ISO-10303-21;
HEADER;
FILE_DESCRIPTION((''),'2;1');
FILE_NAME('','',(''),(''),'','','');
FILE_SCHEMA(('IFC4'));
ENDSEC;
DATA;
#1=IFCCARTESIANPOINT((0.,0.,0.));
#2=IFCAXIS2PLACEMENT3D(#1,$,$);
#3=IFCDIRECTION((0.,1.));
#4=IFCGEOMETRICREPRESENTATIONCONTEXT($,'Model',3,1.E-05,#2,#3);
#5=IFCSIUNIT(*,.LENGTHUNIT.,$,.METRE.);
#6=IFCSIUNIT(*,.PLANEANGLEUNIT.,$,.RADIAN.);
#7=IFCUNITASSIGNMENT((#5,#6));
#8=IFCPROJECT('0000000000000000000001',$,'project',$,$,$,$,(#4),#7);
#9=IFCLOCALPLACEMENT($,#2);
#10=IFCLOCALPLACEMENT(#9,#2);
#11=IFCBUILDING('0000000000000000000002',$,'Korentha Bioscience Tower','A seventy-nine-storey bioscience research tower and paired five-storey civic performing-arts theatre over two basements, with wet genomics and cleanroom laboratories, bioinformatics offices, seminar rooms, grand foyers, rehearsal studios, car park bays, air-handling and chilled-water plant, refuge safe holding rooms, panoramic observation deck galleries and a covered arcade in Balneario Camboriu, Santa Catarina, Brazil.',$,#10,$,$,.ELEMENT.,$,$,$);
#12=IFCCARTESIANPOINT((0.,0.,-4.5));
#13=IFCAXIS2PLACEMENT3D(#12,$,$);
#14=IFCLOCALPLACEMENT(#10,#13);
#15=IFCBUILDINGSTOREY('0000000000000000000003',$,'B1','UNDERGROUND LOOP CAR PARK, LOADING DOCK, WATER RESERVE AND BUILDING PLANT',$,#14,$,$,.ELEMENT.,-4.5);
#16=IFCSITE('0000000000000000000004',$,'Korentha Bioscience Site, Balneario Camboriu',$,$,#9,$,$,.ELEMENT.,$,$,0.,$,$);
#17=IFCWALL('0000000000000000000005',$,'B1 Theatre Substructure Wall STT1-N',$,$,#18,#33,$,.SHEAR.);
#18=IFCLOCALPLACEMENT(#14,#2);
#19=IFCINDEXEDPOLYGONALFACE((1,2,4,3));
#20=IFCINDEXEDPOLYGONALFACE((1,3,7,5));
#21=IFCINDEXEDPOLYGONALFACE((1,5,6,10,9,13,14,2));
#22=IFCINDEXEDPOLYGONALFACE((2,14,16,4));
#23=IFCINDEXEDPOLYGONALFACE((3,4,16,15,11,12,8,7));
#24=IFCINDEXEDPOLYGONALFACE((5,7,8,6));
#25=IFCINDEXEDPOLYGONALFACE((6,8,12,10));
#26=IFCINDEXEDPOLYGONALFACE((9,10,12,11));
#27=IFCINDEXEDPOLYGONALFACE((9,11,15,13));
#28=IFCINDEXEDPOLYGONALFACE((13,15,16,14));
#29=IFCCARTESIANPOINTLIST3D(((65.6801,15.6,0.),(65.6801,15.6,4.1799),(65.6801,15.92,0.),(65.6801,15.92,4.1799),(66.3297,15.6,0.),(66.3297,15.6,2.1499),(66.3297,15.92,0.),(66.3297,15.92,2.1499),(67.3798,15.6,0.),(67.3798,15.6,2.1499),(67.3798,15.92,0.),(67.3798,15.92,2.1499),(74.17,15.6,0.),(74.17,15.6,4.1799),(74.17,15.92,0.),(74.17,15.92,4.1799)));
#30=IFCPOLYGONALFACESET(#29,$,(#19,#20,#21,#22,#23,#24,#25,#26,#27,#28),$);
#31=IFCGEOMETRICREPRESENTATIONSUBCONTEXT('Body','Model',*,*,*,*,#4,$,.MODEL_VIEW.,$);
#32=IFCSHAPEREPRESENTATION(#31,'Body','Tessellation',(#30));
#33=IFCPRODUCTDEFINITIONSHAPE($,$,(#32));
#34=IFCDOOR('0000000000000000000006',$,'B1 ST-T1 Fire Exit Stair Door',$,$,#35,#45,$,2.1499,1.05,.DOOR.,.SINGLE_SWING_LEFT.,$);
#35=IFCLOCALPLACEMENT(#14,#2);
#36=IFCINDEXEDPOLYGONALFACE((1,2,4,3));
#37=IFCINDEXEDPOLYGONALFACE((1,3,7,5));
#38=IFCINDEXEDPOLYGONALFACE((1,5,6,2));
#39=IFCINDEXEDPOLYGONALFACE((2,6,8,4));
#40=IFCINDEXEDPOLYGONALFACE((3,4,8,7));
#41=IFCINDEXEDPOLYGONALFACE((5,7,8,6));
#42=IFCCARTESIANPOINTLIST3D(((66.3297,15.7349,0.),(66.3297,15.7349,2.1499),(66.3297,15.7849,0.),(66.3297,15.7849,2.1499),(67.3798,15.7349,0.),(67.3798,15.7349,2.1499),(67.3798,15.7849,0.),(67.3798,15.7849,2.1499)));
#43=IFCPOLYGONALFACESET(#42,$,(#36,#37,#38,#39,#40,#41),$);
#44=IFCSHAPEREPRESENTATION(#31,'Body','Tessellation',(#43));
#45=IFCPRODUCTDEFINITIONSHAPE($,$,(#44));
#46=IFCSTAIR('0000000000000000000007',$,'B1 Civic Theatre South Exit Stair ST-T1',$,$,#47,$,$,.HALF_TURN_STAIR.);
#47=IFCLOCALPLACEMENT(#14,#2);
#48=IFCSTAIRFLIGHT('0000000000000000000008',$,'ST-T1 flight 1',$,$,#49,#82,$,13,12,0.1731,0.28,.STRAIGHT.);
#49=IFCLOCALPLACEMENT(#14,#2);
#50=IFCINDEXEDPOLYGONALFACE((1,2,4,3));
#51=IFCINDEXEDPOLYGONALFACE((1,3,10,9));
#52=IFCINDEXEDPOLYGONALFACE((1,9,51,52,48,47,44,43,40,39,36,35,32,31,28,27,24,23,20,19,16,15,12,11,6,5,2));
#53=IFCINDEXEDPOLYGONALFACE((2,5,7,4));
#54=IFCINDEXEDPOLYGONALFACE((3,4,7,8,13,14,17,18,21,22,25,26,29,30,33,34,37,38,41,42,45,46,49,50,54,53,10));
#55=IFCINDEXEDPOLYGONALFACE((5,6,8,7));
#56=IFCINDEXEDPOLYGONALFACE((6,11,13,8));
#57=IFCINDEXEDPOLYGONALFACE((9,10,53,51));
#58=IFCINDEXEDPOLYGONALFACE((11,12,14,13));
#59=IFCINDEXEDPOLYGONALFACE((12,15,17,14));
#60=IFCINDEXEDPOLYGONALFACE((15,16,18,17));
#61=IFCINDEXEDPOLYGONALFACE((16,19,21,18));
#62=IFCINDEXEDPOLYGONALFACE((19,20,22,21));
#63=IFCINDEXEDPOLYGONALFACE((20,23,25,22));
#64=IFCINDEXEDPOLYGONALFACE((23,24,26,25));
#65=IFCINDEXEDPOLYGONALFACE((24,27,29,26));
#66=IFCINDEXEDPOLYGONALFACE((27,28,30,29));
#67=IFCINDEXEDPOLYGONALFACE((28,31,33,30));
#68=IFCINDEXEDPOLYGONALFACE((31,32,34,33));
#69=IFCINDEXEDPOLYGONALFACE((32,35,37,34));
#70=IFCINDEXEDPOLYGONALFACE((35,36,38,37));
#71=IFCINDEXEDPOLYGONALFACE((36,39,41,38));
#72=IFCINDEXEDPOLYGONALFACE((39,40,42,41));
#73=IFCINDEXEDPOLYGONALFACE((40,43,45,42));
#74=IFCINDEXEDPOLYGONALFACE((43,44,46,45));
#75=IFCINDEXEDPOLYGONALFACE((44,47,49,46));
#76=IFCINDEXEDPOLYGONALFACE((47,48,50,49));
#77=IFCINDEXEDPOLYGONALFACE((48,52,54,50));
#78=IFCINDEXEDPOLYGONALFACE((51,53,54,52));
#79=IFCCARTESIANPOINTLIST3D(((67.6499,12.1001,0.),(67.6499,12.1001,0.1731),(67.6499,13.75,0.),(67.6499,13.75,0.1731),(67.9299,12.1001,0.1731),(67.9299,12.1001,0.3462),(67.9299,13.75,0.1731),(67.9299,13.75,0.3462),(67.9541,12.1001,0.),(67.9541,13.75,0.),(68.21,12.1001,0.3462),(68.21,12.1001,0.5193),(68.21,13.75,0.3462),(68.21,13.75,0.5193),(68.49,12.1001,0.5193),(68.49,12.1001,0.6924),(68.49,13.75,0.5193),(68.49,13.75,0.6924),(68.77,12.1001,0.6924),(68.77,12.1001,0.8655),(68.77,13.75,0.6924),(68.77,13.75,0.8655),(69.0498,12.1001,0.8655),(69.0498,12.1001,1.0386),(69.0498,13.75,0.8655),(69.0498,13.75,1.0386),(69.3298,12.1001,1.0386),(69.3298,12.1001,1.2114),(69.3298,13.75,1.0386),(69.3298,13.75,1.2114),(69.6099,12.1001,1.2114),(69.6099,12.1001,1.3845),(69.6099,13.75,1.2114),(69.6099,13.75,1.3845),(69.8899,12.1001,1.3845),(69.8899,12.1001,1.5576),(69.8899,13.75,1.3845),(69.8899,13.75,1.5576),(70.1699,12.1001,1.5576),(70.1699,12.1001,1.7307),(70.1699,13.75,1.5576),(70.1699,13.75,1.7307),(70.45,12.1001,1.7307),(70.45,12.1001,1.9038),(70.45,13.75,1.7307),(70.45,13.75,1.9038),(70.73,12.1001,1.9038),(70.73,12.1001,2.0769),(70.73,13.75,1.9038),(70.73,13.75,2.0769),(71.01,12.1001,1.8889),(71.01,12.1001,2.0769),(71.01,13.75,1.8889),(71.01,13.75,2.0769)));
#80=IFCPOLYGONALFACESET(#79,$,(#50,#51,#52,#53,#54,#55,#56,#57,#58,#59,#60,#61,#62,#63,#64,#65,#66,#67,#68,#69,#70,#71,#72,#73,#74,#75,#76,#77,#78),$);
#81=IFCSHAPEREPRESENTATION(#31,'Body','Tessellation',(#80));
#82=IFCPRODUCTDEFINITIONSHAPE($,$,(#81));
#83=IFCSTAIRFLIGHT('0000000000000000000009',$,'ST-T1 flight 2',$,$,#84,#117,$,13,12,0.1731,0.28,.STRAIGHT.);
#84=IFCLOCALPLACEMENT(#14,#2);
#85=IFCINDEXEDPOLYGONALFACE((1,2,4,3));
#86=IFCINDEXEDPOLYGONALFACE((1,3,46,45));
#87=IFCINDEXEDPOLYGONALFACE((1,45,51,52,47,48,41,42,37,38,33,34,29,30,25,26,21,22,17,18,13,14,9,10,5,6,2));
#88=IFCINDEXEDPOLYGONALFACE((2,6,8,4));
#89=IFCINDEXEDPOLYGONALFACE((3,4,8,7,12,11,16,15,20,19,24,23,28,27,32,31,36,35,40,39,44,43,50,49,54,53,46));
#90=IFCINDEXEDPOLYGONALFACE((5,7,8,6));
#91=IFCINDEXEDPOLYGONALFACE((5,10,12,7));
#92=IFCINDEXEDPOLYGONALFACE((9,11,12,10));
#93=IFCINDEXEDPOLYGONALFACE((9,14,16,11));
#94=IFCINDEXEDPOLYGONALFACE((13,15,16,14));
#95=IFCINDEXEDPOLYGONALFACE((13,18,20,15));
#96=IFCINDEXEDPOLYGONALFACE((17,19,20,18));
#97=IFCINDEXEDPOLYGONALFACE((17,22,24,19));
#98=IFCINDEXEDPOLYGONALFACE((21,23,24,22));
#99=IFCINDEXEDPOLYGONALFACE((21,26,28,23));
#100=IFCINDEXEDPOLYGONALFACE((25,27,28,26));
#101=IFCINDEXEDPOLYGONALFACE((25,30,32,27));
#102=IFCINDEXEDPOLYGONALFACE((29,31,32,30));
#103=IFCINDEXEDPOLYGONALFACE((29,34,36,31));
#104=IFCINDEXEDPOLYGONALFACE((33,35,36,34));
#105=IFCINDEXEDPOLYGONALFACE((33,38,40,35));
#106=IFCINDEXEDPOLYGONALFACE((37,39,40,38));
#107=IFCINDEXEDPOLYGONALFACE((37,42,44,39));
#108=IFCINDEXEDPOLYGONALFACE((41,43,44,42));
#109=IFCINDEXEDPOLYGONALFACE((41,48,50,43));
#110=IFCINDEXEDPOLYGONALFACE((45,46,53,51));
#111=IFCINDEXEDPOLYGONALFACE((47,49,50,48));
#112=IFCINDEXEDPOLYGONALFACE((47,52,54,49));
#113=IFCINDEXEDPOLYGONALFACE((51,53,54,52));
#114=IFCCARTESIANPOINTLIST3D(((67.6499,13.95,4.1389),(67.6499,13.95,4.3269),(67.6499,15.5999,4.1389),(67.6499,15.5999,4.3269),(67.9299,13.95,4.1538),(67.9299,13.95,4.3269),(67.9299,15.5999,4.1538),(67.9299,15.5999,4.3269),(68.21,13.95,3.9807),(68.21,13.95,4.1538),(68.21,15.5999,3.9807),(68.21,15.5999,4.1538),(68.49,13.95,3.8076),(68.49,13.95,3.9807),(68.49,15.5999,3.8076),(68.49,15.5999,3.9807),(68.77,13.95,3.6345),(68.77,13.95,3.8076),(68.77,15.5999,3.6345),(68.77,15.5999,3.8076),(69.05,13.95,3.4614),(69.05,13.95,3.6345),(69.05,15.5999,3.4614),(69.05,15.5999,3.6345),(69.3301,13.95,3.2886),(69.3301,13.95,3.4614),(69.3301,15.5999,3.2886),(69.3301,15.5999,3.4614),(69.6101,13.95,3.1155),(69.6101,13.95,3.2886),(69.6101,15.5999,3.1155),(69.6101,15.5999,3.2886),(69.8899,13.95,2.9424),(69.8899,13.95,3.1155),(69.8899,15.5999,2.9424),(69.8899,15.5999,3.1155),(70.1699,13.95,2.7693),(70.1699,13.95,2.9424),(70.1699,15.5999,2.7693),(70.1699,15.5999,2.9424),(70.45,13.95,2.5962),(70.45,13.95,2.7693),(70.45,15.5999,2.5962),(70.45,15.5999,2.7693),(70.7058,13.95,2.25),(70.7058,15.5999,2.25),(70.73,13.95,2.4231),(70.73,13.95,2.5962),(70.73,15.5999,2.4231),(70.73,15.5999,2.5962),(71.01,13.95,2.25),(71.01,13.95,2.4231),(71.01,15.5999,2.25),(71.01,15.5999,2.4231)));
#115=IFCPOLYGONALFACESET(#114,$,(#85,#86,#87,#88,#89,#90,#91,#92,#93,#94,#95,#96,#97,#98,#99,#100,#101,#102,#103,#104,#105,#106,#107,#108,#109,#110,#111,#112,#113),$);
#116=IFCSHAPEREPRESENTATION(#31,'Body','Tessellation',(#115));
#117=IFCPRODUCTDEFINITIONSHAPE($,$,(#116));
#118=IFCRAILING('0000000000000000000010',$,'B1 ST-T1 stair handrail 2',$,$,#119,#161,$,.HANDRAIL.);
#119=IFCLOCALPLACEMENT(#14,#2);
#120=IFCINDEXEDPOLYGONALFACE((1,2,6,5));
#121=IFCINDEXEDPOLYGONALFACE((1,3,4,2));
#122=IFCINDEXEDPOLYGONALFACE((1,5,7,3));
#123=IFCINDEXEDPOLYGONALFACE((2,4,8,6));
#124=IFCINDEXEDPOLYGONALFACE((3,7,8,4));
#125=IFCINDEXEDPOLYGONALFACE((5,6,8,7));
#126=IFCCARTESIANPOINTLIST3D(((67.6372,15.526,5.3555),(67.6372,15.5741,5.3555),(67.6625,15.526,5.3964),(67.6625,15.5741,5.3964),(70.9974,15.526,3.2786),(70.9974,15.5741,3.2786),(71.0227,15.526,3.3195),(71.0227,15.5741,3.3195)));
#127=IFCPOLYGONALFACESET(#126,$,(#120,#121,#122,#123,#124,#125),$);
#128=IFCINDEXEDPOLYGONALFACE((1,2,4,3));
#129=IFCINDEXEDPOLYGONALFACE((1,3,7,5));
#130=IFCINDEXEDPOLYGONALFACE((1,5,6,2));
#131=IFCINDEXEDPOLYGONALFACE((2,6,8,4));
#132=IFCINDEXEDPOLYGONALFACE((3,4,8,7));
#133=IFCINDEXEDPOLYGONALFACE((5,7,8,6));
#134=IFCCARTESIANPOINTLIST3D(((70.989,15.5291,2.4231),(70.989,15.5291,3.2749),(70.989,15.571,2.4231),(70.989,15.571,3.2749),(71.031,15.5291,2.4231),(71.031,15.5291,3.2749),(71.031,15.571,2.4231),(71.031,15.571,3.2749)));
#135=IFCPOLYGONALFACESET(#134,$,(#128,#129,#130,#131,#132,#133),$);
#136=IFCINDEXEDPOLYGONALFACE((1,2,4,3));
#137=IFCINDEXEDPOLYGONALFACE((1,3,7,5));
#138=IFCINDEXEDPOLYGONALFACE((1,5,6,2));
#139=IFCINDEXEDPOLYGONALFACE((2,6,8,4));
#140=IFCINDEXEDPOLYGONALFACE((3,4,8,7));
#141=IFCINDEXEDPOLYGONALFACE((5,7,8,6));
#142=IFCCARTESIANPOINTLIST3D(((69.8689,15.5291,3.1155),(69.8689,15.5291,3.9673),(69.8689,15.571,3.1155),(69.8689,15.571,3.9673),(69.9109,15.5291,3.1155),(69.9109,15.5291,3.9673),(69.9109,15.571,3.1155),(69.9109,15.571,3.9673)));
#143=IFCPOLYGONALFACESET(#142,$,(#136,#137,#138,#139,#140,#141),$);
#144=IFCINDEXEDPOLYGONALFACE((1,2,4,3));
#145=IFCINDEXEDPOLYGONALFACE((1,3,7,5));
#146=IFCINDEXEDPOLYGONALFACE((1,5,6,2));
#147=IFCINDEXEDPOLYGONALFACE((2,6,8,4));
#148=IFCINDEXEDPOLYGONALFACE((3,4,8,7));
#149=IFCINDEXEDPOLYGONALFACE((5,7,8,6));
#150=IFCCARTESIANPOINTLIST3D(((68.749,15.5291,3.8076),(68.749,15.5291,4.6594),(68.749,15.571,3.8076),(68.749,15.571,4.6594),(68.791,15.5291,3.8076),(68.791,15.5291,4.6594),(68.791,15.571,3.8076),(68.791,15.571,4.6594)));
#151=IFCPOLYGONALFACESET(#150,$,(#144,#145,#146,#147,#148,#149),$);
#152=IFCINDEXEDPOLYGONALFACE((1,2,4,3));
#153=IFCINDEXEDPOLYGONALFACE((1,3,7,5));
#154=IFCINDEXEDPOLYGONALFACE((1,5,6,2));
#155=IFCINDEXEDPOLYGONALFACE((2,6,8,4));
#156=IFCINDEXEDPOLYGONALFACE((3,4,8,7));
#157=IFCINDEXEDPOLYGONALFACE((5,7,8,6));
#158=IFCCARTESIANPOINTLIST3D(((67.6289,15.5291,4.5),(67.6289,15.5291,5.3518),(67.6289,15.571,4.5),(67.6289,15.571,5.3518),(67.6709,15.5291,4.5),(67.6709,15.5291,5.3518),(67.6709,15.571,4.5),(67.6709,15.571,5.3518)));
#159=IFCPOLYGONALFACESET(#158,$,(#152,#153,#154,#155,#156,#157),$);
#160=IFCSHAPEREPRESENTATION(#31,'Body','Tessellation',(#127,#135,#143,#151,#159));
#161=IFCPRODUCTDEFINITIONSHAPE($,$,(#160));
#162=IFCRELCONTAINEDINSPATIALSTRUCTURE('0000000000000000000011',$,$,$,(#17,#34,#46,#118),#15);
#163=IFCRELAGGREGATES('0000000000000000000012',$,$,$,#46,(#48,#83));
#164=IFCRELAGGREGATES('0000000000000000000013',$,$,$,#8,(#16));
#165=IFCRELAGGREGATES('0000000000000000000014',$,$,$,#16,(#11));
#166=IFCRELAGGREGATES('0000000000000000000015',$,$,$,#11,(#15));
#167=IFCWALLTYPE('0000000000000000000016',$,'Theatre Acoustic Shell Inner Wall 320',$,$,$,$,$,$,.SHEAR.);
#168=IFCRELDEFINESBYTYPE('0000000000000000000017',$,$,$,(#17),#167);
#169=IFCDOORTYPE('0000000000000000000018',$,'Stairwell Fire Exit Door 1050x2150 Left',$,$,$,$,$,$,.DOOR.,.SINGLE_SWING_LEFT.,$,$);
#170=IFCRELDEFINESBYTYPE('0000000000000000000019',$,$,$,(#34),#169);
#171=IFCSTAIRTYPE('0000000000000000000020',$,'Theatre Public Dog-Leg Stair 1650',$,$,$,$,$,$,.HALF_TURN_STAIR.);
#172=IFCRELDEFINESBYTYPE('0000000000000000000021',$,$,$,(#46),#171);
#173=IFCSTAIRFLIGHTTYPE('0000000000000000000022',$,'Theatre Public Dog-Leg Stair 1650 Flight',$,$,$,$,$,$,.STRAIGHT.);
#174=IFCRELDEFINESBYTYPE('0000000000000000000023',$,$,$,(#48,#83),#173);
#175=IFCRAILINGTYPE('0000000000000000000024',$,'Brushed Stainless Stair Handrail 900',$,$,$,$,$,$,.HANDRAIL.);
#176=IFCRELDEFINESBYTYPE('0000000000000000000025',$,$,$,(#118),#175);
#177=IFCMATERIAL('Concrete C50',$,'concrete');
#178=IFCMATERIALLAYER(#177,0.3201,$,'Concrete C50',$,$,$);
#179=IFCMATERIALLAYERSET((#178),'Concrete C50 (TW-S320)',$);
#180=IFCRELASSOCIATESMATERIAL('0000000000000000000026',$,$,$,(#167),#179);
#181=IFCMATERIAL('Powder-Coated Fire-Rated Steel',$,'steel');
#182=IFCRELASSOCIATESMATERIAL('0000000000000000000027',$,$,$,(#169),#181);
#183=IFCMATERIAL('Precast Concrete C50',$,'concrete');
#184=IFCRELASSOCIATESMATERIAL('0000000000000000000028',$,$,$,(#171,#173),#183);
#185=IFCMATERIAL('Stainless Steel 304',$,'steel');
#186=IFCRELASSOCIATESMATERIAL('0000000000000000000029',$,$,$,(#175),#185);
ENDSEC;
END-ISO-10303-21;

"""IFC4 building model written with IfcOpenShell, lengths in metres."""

from ifc_helpers import new_model, si_unit, direction, frame, frame_2d, origin, origin_2d, place, context, subcontext, project, spatial, polyline, rectangle, outline, extrude, material, layer, layer_set, type_object, element, fill, aggregate, save


model = new_model("IFC4")

# Units and contexts
model_context = context("Model", 3, precision=1e-05, world=origin(), true_north=direction((0.0, 1.0)))
body_context = subcontext(model_context, "Body", "Model", "MODEL_VIEW")
ifc_project = project(units=[si_unit("LENGTHUNIT", "METRE"), si_unit("PLANEANGLEUNIT", "RADIAN")], contexts=[model_context])

# Site, building, storey
site_placement = place(None, origin())
site = spatial("IfcSite", under=ifc_project, at=site_placement, Name="Korentha Bioscience Site, Balneario Camboriu", CompositionType="ELEMENT", RefElevation=0.0)
building_placement = place(site_placement, origin())
building = spatial("IfcBuilding", under=site, at=building_placement, Name="Korentha Bioscience Tower", Description="A seventy-nine-storey bioscience research tower and paired five-storey civic performing-arts theatre over two basements, with wet genomics and cleanroom laboratories, bioinformatics offices, seminar rooms, grand foyers, rehearsal studios, car park bays, air-handling and chilled-water plant, refuge safe holding rooms, panoramic observation deck galleries and a covered arcade in Balneario Camboriu, Santa Catarina, Brazil.", CompositionType="ELEMENT")
storey_placement = place(building_placement, frame((0.0, 0.0, -4.5)))
storey = spatial("IfcBuildingStorey", under=building, at=storey_placement, Name="B1", Description="UNDERGROUND LOOP CAR PARK, LOADING DOCK, WATER RESERVE AND BUILDING PLANT", CompositionType="ELEMENT", Elevation=-4.5)

# Shared definitions
ifc_material_1 = material(Name="Concrete C50", Category="concrete")

# Wall, opening, door
ifc_layer_1 = layer(ifc_material_1, 0.3201, Name="Concrete C50")
ifc_layer_set_1 = layer_set([ifc_layer_1], Name="Concrete C50 (TW-S320)")
wall_type_1 = type_object("IfcWallType", Name="Theatre Acoustic Shell Inner Wall 320", PredefinedType="SHEAR", material=ifc_layer_set_1)
wall_1_placement = place(storey_placement, frame((65.6799, 15.76, 0.0), z_axis=(0.0, 0.0, 1.0), x_axis=(1.0, 0.0, 0.0)))
wall_1 = element("IfcWall", 1, at=wall_1_placement, inside=storey, type_object=wall_type_1, Name="B1 Theatre Substructure Wall STT1-N", PredefinedType="SHEAR", context=body_context, shape_type="SweptSolid", body=[
    extrude(rectangle(XDim=8.49, YDim=0.3201, at=frame_2d((4.2451, 0.0))), origin(), (0.0, 0.0, 1.0), 4.1799),
])
opening_placement = place(wall_1_placement, frame((0.6499, 0.0, 0.0)))
opening = element("IfcOpeningElement", 2, at=opening_placement, cuts=wall_1, PredefinedType="OPENING", context=body_context, shape_type="SweptSolid", body=[
    extrude(rectangle(XDim=1.05, YDim=2.1499, at=frame_2d((0.5249, 1.075))), frame((0.0, 0.1748, 0.0), z_axis=(0.0, -1.0, 0.0), x_axis=(1.0, 0.0, 0.0)), (0.0, 0.0, 1.0), 0.3499),
])
ifc_material_2 = material(Name="Powder-Coated Fire-Rated Steel", Category="steel")
door_type = type_object("IfcDoorType", Name="Stairwell Fire Exit Door 1050x2150 Left", OperationType="SINGLE_SWING_LEFT", PredefinedType="DOOR", material=ifc_material_2)
door_placement = place(opening_placement, origin())
door = element("IfcDoor", 3, at=door_placement, inside=storey, type_object=door_type, Name="B1 ST-T1 Fire Exit Stair Door", OperationType="SINGLE_SWING_LEFT", OverallHeight=2.1499, OverallWidth=1.05, PredefinedType="DOOR", context=body_context, shape_type="SweptSolid", body=[
    extrude(rectangle(XDim=1.05, YDim=2.1499, at=frame_2d((0.5249, 1.075))), frame((0.0, 0.0249, 0.0), z_axis=(0.0, -1.0, 0.0), x_axis=(1.0, 0.0, 0.0)), (0.0, 0.0, 1.0), 0.05),
])
fill(opening, door)

# Stair, stair flights
ifc_material_3 = material(Name="Precast Concrete C50", Category="concrete")
stair_type = type_object("IfcStairType", Name="Theatre Public Dog-Leg Stair 1650", PredefinedType="HALF_TURN_STAIR", material=ifc_material_3)
stair_placement = place(storey_placement, origin())
stair = element("IfcStair", 4, at=stair_placement, inside=storey, type_object=stair_type, Name="B1 Civic Theatre South Exit Stair ST-T1", PredefinedType="HALF_TURN_STAIR")
stair_flight_type = type_object("IfcStairFlightType", Name="Theatre Public Dog-Leg Stair 1650 Flight", PredefinedType="STRAIGHT", material=ifc_material_3)
stair_flight_1_placement = place(storey_placement, frame((67.6499, 12.925, 0.0), z_axis=(0.0, 0.0, 1.0), x_axis=(1.0, 0.0, 0.0)))
stair_flight_1 = element("IfcStairFlight", 5, at=stair_flight_1_placement, type_object=stair_flight_type, Name="ST-T1 flight 1", NumberOfRisers=13, NumberOfTreads=12, PredefinedType="STRAIGHT", RiserHeight=0.1731, TreadLength=0.28, context=body_context, shape_type="SweptSolid", body=[
    extrude(outline(polyline([(0.0, 0.0), (0.0, 0.1731), (0.28, 0.1731), (0.28, 0.3462), (0.5601, 0.3462), (0.5601, 0.5193), (0.8401, 0.5193), (0.8401, 0.6924), (1.1201, 0.6924), (1.1201, 0.8655), (1.3999, 0.8655), (1.3999, 1.0386), (1.6799, 1.0386), (1.6799, 1.2114), (1.96, 1.2114), (1.96, 1.3845), (2.24, 1.3845), (2.24, 1.5576), (2.52, 1.5576), (2.52, 1.7307), (2.8, 1.7307), (2.8, 1.9038), (3.0801, 1.9038), (3.0801, 2.0769), (3.3601, 2.0769), (3.3601, 2.25), (3.3601, 1.8889), (0.3042, 0.0), (0.0, 0.0)])), frame((0.0, 0.825, 0.0), z_axis=(0.0, -1.0, 0.0), x_axis=(1.0, 0.0, 0.0)), (0.0, 0.0, 1.0), 1.6499),
])
stair_flight_2_placement = place(storey_placement, frame((71.01, 14.7749, 2.25), z_axis=(0.0, 0.0, 1.0), x_axis=(-1.0, 0.0, 0.0)))
stair_flight_2 = element("IfcStairFlight", 6, at=stair_flight_2_placement, type_object=stair_flight_type, Name="ST-T1 flight 2", NumberOfRisers=13, NumberOfTreads=12, PredefinedType="STRAIGHT", RiserHeight=0.1731, TreadLength=0.28, context=body_context, shape_type="SweptSolid", body=[
    extrude(outline(polyline([(0.0, 0.0), (0.0, 0.1731), (0.28, 0.1731), (0.28, 0.3462), (0.5601, 0.3462), (0.5601, 0.5193), (0.8401, 0.5193), (0.8401, 0.6924), (1.1201, 0.6924), (1.1201, 0.8655), (1.3999, 0.8655), (1.3999, 1.0386), (1.6799, 1.0386), (1.6799, 1.2114), (1.96, 1.2114), (1.96, 1.3845), (2.24, 1.3845), (2.24, 1.5576), (2.52, 1.5576), (2.52, 1.7307), (2.8, 1.7307), (2.8, 1.9038), (3.0801, 1.9038), (3.0801, 2.0769), (3.3601, 2.0769), (3.3601, 2.25), (3.3601, 1.8889), (0.3042, 0.0), (0.0, 0.0)])), frame((0.0, 0.825, 0.0), z_axis=(0.0, -1.0, 0.0), x_axis=(1.0, 0.0, 0.0)), (0.0, 0.0, 1.0), 1.6499),
])
aggregate(stair, [stair_flight_1, stair_flight_2])

# Railing
ifc_material_4 = material(Name="Stainless Steel 304", Category="steel")
railing_type_1 = type_object("IfcRailingType", Name="Brushed Stainless Stair Handrail 900", PredefinedType="HANDRAIL", material=ifc_material_4)
railing_1_placement = place(storey_placement, frame((71.01, 15.55, 2.4231)))
element("IfcRailing", 7, at=railing_1_placement, inside=storey, type_object=railing_type_1, Name="B1 ST-T1 stair handrail 2", PredefinedType="HANDRAIL", context=body_context, shape_type="SweptSolid", body=[
    extrude(rectangle(XDim=0.0481, YDim=0.0481, at=origin_2d()), frame((0.0, 0.0, 0.876), z_axis=(-0.850623, 0.0, 0.525776), x_axis=(0.0, -1.0, 0.0)), (0.0, 0.0, 1.0), 3.9502),
    extrude(rectangle(XDim=0.042, YDim=0.042, at=origin_2d()), origin(), (0.0, 0.0, 1.0), 0.8518),
    extrude(rectangle(XDim=0.042, YDim=0.042, at=origin_2d()), frame((-1.1201, 0.0, 0.6924)), (0.0, 0.0, 1.0), 0.8518),
    extrude(rectangle(XDim=0.042, YDim=0.042, at=origin_2d()), frame((-2.24, 0.0, 1.3845)), (0.0, 0.0, 1.0), 0.8518),
    extrude(rectangle(XDim=0.042, YDim=0.042, at=origin_2d()), frame((-3.3601, 0.0, 2.0769)), (0.0, 0.0, 1.0), 0.8518),
])

save(model, "model.ifc")
